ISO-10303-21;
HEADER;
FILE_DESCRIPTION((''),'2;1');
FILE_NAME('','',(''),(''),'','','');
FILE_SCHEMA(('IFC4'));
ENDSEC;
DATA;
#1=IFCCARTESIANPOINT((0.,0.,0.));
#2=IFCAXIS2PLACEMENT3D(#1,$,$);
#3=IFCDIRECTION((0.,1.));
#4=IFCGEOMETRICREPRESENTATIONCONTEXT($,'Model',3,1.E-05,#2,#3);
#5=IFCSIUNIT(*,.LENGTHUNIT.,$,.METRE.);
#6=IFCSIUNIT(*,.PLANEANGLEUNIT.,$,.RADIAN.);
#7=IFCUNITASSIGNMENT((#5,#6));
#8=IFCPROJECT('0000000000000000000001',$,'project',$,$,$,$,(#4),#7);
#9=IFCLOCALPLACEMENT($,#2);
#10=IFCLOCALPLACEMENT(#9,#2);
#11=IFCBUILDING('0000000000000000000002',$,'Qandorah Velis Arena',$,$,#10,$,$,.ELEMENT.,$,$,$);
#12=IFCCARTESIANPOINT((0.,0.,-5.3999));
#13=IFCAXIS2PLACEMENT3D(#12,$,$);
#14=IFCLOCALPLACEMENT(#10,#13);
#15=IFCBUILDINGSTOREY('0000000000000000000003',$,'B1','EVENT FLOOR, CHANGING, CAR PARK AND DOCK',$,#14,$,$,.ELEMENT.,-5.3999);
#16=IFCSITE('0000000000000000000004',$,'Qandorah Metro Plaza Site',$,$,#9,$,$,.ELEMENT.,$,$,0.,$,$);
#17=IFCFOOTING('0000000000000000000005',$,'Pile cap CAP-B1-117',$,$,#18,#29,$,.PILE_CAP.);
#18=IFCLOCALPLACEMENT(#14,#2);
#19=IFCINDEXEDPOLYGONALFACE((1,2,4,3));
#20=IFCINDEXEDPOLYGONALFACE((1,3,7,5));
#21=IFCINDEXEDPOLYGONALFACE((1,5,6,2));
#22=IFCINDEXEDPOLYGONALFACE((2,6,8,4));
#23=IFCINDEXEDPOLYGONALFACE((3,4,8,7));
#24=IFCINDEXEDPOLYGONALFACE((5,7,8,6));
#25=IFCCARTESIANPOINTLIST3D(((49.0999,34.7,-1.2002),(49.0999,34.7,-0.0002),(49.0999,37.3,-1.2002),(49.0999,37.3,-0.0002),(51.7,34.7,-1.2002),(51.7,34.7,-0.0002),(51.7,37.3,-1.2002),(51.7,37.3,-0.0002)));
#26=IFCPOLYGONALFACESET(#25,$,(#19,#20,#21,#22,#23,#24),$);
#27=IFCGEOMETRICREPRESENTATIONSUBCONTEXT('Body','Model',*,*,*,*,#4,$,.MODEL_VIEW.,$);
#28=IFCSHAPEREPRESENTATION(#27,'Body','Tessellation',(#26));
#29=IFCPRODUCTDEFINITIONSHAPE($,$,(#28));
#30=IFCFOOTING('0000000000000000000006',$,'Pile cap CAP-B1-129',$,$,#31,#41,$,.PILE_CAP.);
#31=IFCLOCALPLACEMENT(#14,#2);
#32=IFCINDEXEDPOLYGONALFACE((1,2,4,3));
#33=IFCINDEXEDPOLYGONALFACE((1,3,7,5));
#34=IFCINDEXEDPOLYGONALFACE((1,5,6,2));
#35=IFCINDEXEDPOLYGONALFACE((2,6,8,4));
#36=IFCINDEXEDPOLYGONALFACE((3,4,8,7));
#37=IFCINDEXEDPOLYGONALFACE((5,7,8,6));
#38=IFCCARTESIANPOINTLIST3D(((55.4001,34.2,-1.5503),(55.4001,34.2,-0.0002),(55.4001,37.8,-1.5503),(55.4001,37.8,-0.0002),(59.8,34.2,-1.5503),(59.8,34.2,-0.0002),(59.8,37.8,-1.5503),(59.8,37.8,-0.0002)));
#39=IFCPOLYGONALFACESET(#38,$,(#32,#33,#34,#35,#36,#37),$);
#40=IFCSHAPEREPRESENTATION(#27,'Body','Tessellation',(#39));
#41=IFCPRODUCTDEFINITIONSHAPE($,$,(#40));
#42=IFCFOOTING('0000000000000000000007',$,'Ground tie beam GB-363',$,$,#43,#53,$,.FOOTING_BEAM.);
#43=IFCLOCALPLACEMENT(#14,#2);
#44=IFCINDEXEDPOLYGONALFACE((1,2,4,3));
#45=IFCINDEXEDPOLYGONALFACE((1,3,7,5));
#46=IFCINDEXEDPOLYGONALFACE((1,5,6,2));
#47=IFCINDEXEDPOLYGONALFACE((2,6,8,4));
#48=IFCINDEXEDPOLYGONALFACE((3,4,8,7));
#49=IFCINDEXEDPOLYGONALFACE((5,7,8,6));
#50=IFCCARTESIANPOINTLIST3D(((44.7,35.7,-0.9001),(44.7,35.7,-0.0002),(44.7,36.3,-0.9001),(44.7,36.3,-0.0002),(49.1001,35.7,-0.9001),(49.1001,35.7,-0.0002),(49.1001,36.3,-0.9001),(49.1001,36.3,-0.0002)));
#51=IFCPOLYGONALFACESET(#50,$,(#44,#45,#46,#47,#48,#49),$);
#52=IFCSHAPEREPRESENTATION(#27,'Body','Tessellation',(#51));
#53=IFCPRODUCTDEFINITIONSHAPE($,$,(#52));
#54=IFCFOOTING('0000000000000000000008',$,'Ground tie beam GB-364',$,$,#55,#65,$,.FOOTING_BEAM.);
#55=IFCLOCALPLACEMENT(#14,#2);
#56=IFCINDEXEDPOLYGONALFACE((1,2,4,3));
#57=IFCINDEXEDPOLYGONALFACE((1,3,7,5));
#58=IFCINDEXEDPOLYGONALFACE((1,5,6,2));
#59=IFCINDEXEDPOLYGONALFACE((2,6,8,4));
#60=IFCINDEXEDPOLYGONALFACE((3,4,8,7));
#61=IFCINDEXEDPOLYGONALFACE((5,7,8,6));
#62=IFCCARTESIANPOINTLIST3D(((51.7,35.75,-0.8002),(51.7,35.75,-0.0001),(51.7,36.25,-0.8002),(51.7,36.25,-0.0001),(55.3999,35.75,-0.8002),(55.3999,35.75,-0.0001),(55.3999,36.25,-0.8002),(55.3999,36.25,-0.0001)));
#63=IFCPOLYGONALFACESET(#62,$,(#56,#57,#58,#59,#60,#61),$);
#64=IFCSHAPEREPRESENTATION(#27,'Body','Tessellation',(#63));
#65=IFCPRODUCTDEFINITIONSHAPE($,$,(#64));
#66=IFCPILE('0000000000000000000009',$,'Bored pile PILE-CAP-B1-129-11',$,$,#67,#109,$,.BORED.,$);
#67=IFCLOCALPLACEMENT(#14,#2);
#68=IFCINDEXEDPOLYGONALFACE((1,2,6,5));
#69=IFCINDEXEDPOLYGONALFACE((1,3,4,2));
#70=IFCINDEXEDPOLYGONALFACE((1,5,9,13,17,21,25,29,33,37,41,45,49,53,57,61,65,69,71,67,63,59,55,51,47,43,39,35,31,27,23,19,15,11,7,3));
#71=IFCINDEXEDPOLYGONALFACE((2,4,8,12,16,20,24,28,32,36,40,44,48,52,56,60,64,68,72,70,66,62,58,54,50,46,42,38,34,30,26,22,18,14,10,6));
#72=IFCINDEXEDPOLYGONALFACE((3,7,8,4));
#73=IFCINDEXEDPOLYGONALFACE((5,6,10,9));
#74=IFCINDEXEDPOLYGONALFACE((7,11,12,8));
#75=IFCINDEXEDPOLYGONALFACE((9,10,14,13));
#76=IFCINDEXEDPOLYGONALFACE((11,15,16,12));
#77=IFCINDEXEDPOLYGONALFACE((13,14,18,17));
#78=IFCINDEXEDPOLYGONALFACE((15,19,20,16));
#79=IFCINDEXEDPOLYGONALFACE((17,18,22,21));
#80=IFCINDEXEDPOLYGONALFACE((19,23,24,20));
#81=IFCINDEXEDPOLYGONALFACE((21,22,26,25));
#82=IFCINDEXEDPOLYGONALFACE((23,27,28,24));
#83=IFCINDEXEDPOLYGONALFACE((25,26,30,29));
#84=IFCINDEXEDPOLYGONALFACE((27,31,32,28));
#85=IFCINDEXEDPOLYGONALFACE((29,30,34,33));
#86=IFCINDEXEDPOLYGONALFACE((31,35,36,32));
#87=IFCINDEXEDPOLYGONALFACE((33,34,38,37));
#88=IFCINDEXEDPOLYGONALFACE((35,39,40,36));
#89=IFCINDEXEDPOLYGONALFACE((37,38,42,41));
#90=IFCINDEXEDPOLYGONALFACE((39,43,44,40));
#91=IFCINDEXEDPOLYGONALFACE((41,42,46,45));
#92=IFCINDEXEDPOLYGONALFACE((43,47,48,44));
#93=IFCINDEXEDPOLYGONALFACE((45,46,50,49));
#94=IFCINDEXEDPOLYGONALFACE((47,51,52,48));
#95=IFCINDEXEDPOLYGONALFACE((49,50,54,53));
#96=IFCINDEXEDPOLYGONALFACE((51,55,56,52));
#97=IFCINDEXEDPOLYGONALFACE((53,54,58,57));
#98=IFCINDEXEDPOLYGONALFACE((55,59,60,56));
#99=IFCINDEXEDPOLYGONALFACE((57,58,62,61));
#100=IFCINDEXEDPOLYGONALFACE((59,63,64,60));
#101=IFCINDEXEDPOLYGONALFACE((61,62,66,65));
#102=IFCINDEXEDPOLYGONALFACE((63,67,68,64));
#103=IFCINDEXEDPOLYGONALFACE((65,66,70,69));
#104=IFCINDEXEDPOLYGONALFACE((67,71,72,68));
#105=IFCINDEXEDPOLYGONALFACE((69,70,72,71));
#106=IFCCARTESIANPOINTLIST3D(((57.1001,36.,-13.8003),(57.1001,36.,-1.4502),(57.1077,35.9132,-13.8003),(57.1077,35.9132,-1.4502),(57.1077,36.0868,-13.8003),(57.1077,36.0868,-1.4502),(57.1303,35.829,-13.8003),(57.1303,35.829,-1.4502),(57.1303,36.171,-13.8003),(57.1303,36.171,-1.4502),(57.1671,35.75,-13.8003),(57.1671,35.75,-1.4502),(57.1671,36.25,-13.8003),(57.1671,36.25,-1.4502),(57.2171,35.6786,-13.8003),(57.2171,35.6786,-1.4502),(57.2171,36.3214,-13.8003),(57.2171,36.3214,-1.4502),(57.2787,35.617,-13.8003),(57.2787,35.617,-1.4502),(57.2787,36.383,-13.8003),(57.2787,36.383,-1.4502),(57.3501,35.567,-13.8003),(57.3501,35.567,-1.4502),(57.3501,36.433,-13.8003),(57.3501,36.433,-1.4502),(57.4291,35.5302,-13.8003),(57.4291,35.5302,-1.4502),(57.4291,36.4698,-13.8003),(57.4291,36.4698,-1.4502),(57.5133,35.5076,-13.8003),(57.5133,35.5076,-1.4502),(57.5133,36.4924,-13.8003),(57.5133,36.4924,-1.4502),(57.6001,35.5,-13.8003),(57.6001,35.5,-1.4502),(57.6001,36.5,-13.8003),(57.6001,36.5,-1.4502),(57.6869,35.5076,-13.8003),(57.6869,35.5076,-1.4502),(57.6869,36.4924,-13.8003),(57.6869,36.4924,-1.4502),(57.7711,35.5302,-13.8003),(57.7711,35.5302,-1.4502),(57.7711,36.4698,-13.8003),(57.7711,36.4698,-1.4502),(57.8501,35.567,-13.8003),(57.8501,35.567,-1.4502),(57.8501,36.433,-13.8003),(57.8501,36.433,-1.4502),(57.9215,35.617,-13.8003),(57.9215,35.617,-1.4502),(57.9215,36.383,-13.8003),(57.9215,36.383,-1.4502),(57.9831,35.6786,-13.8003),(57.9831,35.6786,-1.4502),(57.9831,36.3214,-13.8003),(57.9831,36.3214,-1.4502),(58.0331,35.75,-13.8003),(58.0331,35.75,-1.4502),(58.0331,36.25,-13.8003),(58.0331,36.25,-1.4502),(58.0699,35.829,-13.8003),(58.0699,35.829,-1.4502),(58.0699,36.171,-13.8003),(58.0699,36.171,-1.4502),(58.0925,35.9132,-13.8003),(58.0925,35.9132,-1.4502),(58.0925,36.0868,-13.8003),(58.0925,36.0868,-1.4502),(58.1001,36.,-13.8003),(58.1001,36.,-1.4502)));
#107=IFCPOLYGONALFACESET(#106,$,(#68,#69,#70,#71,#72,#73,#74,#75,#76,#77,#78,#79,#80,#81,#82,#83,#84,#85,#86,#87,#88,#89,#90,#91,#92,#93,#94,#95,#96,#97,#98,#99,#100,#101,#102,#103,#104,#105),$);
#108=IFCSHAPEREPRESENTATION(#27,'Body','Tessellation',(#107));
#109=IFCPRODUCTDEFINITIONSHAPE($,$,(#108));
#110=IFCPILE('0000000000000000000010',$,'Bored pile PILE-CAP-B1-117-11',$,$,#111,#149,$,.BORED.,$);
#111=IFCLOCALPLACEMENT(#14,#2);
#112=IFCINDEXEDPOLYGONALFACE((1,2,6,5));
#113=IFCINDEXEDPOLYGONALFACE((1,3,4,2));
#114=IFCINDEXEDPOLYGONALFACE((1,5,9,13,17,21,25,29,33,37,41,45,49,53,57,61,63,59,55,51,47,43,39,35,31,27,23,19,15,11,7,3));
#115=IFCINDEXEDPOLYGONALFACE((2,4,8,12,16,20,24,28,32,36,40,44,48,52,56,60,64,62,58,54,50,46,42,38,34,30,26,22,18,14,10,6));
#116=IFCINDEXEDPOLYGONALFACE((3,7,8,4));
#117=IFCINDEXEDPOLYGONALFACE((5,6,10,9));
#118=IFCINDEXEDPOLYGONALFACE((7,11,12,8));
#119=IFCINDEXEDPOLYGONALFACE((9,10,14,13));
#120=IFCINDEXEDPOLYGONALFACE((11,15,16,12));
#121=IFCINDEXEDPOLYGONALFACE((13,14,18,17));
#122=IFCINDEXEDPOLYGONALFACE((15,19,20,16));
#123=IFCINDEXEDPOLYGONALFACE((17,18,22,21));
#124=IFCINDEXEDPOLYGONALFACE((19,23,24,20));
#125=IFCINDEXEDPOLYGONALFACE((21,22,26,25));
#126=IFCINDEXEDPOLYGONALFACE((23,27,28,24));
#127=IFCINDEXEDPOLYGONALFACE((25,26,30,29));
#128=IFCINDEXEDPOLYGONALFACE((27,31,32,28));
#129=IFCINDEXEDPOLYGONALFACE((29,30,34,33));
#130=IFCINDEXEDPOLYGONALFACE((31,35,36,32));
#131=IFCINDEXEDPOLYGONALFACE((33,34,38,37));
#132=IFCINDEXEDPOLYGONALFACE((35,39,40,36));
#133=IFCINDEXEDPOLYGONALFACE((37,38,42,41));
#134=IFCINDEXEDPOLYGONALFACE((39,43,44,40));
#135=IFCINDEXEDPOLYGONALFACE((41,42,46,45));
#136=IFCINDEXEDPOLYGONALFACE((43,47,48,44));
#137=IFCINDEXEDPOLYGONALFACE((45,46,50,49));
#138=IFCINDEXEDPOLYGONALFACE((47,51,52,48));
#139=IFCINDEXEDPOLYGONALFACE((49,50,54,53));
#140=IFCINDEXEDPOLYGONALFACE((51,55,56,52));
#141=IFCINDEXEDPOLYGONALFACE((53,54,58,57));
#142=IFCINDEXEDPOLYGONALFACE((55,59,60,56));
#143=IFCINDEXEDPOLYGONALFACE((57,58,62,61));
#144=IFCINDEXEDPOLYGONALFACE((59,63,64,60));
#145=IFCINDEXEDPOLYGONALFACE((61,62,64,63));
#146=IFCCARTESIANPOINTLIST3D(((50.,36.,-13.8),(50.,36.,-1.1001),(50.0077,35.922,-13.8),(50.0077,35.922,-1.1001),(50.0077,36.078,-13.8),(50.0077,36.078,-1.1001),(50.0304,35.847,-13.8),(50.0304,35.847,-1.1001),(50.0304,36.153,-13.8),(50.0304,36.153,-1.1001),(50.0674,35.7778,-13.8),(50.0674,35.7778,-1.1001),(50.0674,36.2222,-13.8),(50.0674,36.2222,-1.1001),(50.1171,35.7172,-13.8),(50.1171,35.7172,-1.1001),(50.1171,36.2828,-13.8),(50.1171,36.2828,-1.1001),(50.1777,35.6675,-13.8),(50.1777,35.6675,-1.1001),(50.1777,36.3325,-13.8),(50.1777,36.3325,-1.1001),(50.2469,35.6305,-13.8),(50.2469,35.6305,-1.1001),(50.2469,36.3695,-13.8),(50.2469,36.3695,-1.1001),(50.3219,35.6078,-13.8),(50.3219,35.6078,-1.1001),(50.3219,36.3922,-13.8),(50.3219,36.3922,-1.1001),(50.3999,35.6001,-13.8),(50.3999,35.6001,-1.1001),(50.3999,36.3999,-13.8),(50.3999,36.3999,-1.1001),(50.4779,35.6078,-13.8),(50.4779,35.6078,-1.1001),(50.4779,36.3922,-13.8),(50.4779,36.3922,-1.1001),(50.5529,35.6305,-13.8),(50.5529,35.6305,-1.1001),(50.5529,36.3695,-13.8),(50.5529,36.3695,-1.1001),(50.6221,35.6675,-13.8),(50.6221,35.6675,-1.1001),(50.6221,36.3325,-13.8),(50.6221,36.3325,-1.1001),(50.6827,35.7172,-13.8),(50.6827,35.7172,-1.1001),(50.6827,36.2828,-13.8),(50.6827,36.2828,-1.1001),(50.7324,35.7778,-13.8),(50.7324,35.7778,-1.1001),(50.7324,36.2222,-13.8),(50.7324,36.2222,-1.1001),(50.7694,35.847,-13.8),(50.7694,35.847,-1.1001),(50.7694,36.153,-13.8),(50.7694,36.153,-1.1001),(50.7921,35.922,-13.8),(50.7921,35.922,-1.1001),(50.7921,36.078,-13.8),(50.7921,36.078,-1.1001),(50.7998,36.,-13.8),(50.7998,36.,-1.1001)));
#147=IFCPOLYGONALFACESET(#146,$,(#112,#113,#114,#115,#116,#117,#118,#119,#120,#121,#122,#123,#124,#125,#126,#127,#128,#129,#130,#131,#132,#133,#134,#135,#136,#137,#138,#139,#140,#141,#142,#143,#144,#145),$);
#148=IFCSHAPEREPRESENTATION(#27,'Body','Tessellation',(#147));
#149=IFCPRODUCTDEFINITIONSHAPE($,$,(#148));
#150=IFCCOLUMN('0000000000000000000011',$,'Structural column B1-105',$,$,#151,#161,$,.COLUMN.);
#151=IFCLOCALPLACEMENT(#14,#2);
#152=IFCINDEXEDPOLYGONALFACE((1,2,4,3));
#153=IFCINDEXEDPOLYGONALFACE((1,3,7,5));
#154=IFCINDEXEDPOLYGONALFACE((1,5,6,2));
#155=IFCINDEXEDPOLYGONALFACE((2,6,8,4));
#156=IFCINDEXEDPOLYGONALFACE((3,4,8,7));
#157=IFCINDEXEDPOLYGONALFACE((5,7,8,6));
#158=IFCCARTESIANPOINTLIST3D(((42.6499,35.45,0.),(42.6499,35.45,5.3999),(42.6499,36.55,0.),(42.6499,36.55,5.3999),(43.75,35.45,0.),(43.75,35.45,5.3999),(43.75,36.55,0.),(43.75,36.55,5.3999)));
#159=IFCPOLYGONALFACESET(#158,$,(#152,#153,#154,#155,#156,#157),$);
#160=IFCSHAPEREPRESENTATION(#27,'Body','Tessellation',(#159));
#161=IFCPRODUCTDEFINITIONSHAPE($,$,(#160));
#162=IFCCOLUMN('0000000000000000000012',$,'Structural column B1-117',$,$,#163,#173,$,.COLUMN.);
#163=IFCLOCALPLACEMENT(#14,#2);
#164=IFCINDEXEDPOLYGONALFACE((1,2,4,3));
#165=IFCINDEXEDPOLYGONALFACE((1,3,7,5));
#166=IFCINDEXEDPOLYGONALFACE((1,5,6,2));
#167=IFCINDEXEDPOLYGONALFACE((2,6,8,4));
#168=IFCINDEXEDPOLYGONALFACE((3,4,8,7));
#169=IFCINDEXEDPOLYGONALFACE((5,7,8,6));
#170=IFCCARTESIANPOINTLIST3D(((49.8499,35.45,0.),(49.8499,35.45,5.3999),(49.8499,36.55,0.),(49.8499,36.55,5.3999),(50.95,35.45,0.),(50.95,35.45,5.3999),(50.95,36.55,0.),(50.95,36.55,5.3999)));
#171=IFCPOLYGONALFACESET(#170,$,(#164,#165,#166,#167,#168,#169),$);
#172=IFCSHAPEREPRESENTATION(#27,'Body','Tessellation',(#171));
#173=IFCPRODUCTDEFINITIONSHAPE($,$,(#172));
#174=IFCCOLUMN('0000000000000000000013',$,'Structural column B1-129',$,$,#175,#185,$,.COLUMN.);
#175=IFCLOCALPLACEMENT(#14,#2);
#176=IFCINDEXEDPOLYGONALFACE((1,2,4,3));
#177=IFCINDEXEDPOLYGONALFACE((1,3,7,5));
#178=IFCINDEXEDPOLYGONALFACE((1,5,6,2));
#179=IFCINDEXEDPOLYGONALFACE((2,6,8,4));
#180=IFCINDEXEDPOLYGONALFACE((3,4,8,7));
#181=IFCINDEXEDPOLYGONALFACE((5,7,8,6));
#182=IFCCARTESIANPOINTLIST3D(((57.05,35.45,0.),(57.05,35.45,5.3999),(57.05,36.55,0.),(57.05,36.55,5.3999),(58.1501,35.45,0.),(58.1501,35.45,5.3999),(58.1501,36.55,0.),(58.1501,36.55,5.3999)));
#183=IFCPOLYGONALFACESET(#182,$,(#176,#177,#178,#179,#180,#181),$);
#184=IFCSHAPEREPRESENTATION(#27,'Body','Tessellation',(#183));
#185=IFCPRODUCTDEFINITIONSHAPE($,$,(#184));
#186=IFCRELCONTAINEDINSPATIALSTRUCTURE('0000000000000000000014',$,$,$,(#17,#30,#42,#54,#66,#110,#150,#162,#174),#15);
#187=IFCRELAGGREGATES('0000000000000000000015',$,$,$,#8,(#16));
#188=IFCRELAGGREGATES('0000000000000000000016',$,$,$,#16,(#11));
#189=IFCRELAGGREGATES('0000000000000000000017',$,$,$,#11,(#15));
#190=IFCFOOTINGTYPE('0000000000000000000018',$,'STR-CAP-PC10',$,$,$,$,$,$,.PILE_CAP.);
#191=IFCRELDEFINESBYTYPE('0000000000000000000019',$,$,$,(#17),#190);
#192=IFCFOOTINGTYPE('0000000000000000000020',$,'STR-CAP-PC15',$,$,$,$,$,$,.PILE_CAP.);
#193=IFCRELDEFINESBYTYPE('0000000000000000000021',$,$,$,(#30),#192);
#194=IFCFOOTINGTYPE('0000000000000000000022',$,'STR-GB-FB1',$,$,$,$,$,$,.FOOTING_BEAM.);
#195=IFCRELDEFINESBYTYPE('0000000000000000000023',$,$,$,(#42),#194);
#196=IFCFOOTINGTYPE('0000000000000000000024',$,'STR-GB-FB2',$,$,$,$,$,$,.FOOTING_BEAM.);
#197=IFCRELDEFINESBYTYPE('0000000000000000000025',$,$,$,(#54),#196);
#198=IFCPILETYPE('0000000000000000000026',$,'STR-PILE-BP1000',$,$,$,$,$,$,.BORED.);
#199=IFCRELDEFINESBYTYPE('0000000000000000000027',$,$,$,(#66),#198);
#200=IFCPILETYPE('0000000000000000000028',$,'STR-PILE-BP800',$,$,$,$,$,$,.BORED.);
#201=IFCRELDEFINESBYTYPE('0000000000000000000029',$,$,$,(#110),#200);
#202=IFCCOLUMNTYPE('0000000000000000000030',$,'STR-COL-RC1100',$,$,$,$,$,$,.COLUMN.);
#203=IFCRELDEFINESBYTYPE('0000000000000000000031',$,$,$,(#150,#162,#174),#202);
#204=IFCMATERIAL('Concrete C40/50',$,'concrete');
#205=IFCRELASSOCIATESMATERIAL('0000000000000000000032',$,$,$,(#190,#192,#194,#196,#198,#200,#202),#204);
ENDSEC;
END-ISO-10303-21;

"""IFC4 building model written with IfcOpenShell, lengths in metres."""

from ifc_helpers import new_model, si_unit, direction, frame, origin, origin_2d, place, context, subcontext, project, spatial, rectangle, circle, extrude, material, material_profile, profile_set, type_object, element, save


model = new_model("IFC4")

# Units and contexts
model_context = context("Model", 3, precision=1e-05, world=origin(), true_north=direction((0.0, 1.0)))
body_context = subcontext(model_context, "Body", "Model", "MODEL_VIEW")
ifc_project = project(units=[si_unit("LENGTHUNIT", "METRE"), si_unit("PLANEANGLEUNIT", "RADIAN")], contexts=[model_context])

# Site, building, storey
site_placement = place(None, origin())
site = spatial("IfcSite", under=ifc_project, at=site_placement, Name="Qandorah Metro Plaza Site", CompositionType="ELEMENT", RefElevation=0.0)
building_placement = place(site_placement, origin())
building = spatial("IfcBuilding", under=site, at=building_placement, Name="Qandorah Velis Arena", CompositionType="ELEMENT")
storey_placement = place(building_placement, frame((0.0, 0.0, -5.3999)))
storey = spatial("IfcBuildingStorey", under=building, at=storey_placement, Name="B1", Description="EVENT FLOOR, CHANGING, CAR PARK AND DOCK", CompositionType="ELEMENT", Elevation=-5.3999)

# Footings
ifc_material_1 = material(Name="Concrete C40/50", Category="concrete")
footing_type_1 = type_object("IfcFootingType", Name="STR-CAP-PC10", PredefinedType="PILE_CAP", material=ifc_material_1)
footing_1_placement = place(storey_placement, frame((50.3999, 36.0, -1.2002), z_axis=(0.0, 0.0, 1.0), x_axis=(1.0, 0.0, 0.0)))
element("IfcFooting", 1, at=footing_1_placement, inside=storey, type_object=footing_type_1, Name="Pile cap CAP-B1-117", PredefinedType="PILE_CAP", context=body_context, shape_type="SweptSolid", body=[
    extrude(rectangle(XDim=2.6001, YDim=2.6001, at=origin_2d()), origin(), (0.0, 0.0, 1.0), 1.2),
])
footing_type_2 = type_object("IfcFootingType", Name="STR-CAP-PC15", PredefinedType="PILE_CAP", material=ifc_material_1)
footing_2_placement = place(storey_placement, frame((57.6001, 36.0, -1.5503), z_axis=(0.0, 0.0, 1.0), x_axis=(1.0, 0.0, 0.0)))
element("IfcFooting", 2, at=footing_2_placement, inside=storey, type_object=footing_type_2, Name="Pile cap CAP-B1-129", PredefinedType="PILE_CAP", context=body_context, shape_type="SweptSolid", body=[
    extrude(rectangle(XDim=4.3999, YDim=3.6001, at=origin_2d()), origin(), (0.0, 0.0, 1.0), 1.55),
])
ifc_material_profile_1 = material_profile(ifc_material_1, rectangle(XDim=0.6001, YDim=0.8999, at=origin_2d()), Name="GB1 600x900")
ifc_profile_set_1 = profile_set([ifc_material_profile_1], Name="Concrete C40/50")
footing_type_3 = type_object("IfcFootingType", Name="STR-GB-FB1", PredefinedType="FOOTING_BEAM", material=ifc_profile_set_1)
footing_3_placement = place(storey_placement, frame((44.7, 36.0, -0.4502), z_axis=(1.0, 0.0, 0.0), x_axis=(0.0, 1.0, 0.0)))
element("IfcFooting", 3, at=footing_3_placement, inside=storey, type_object=footing_type_3, Name="Ground tie beam GB-363", PredefinedType="FOOTING_BEAM", context=body_context, shape_type="SweptSolid", body=[
    extrude(rectangle(XDim=0.6001, YDim=0.8999, at=origin_2d()), origin(), (0.0, 0.0, 1.0), 4.4001),
])
ifc_material_profile_2 = material_profile(ifc_material_1, rectangle(XDim=0.5, YDim=0.8, at=origin_2d()), Name="GB2 500x800")
ifc_profile_set_2 = profile_set([ifc_material_profile_2], Name="Concrete C40/50")
footing_type_4 = type_object("IfcFootingType", Name="STR-GB-FB2", PredefinedType="FOOTING_BEAM", material=ifc_profile_set_2)
footing_4_placement = place(storey_placement, frame((51.7, 36.0, -0.4001), z_axis=(1.0, 0.0, 0.0), x_axis=(0.0, 1.0, 0.0)))
element("IfcFooting", 4, at=footing_4_placement, inside=storey, type_object=footing_type_4, Name="Ground tie beam GB-364", PredefinedType="FOOTING_BEAM", context=body_context, shape_type="SweptSolid", body=[
    extrude(rectangle(XDim=0.5, YDim=0.8, at=origin_2d()), origin(), (0.0, 0.0, 1.0), 3.7),
])

# Piles
ifc_material_profile_3 = material_profile(ifc_material_1, circle(Radius=0.5, at=origin_2d()), Name="BORED PILE D1000")
ifc_profile_set_3 = profile_set([ifc_material_profile_3], Name="Concrete C40/50")
pile_type_1 = type_object("IfcPileType", Name="STR-PILE-BP1000", PredefinedType="BORED", material=ifc_profile_set_3)
pile_1_placement = place(storey_placement, frame((57.6001, 36.0, -1.4502), z_axis=(0.0, 0.0, -1.0), x_axis=(1.0, 0.0, 0.0)))
element("IfcPile", 5, at=pile_1_placement, inside=storey, type_object=pile_type_1, Name="Bored pile PILE-CAP-B1-129-11", PredefinedType="BORED", context=body_context, shape_type="SweptSolid", body=[
    extrude(circle(Radius=0.5, at=origin_2d()), origin(), (0.0, 0.0, 1.0), 12.3501),
])
ifc_material_profile_4 = material_profile(ifc_material_1, circle(Radius=0.3999, at=origin_2d()), Name="BORED PILE D800")
ifc_profile_set_4 = profile_set([ifc_material_profile_4], Name="Concrete C40/50")
pile_type_2 = type_object("IfcPileType", Name="STR-PILE-BP800", PredefinedType="BORED", material=ifc_profile_set_4)
pile_2_placement = place(storey_placement, frame((50.3999, 36.0, -1.1001), z_axis=(0.0, 0.0, -1.0), x_axis=(1.0, 0.0, 0.0)))
element("IfcPile", 6, at=pile_2_placement, inside=storey, type_object=pile_type_2, Name="Bored pile PILE-CAP-B1-117-11", PredefinedType="BORED", context=body_context, shape_type="SweptSolid", body=[
    extrude(circle(Radius=0.3999, at=origin_2d()), origin(), (0.0, 0.0, 1.0), 12.7),
])

# Columns
ifc_material_profile_5 = material_profile(ifc_material_1, rectangle(XDim=1.1001, YDim=1.1001, at=origin_2d()), Name="RC COL 1100x1100")
ifc_profile_set_5 = profile_set([ifc_material_profile_5], Name="Concrete C40/50")
column_type_1 = type_object("IfcColumnType", Name="STR-COL-RC1100", PredefinedType="COLUMN", material=ifc_profile_set_5)
for number, where, z_axis, x_axis, name in (
    (7, (43.2, 36.0, 0.0), (0.0, 0.0, 1.0), (1.0, 0.0, 0.0), "Structural column B1-105"),
    (8, (50.3999, 36.0, 0.0), (0.0, 0.0, 1.0), (1.0, 0.0, 0.0), "Structural column B1-117"),
    (9, (57.6001, 36.0, 0.0), (0.0, 0.0, 1.0), (1.0, 0.0, 0.0), "Structural column B1-129"),
):
    element("IfcColumn", number, at=place(storey_placement, frame(where, z_axis=z_axis, x_axis=x_axis)), inside=storey, type_object=column_type_1, Name=name, PredefinedType="COLUMN", context=body_context, shape_type="SweptSolid", body=[
        extrude(rectangle(XDim=1.1001, YDim=1.1001, at=origin_2d()), origin(), (0.0, 0.0, 1.0), 5.3999),
    ])

save(model, "model.ifc")
